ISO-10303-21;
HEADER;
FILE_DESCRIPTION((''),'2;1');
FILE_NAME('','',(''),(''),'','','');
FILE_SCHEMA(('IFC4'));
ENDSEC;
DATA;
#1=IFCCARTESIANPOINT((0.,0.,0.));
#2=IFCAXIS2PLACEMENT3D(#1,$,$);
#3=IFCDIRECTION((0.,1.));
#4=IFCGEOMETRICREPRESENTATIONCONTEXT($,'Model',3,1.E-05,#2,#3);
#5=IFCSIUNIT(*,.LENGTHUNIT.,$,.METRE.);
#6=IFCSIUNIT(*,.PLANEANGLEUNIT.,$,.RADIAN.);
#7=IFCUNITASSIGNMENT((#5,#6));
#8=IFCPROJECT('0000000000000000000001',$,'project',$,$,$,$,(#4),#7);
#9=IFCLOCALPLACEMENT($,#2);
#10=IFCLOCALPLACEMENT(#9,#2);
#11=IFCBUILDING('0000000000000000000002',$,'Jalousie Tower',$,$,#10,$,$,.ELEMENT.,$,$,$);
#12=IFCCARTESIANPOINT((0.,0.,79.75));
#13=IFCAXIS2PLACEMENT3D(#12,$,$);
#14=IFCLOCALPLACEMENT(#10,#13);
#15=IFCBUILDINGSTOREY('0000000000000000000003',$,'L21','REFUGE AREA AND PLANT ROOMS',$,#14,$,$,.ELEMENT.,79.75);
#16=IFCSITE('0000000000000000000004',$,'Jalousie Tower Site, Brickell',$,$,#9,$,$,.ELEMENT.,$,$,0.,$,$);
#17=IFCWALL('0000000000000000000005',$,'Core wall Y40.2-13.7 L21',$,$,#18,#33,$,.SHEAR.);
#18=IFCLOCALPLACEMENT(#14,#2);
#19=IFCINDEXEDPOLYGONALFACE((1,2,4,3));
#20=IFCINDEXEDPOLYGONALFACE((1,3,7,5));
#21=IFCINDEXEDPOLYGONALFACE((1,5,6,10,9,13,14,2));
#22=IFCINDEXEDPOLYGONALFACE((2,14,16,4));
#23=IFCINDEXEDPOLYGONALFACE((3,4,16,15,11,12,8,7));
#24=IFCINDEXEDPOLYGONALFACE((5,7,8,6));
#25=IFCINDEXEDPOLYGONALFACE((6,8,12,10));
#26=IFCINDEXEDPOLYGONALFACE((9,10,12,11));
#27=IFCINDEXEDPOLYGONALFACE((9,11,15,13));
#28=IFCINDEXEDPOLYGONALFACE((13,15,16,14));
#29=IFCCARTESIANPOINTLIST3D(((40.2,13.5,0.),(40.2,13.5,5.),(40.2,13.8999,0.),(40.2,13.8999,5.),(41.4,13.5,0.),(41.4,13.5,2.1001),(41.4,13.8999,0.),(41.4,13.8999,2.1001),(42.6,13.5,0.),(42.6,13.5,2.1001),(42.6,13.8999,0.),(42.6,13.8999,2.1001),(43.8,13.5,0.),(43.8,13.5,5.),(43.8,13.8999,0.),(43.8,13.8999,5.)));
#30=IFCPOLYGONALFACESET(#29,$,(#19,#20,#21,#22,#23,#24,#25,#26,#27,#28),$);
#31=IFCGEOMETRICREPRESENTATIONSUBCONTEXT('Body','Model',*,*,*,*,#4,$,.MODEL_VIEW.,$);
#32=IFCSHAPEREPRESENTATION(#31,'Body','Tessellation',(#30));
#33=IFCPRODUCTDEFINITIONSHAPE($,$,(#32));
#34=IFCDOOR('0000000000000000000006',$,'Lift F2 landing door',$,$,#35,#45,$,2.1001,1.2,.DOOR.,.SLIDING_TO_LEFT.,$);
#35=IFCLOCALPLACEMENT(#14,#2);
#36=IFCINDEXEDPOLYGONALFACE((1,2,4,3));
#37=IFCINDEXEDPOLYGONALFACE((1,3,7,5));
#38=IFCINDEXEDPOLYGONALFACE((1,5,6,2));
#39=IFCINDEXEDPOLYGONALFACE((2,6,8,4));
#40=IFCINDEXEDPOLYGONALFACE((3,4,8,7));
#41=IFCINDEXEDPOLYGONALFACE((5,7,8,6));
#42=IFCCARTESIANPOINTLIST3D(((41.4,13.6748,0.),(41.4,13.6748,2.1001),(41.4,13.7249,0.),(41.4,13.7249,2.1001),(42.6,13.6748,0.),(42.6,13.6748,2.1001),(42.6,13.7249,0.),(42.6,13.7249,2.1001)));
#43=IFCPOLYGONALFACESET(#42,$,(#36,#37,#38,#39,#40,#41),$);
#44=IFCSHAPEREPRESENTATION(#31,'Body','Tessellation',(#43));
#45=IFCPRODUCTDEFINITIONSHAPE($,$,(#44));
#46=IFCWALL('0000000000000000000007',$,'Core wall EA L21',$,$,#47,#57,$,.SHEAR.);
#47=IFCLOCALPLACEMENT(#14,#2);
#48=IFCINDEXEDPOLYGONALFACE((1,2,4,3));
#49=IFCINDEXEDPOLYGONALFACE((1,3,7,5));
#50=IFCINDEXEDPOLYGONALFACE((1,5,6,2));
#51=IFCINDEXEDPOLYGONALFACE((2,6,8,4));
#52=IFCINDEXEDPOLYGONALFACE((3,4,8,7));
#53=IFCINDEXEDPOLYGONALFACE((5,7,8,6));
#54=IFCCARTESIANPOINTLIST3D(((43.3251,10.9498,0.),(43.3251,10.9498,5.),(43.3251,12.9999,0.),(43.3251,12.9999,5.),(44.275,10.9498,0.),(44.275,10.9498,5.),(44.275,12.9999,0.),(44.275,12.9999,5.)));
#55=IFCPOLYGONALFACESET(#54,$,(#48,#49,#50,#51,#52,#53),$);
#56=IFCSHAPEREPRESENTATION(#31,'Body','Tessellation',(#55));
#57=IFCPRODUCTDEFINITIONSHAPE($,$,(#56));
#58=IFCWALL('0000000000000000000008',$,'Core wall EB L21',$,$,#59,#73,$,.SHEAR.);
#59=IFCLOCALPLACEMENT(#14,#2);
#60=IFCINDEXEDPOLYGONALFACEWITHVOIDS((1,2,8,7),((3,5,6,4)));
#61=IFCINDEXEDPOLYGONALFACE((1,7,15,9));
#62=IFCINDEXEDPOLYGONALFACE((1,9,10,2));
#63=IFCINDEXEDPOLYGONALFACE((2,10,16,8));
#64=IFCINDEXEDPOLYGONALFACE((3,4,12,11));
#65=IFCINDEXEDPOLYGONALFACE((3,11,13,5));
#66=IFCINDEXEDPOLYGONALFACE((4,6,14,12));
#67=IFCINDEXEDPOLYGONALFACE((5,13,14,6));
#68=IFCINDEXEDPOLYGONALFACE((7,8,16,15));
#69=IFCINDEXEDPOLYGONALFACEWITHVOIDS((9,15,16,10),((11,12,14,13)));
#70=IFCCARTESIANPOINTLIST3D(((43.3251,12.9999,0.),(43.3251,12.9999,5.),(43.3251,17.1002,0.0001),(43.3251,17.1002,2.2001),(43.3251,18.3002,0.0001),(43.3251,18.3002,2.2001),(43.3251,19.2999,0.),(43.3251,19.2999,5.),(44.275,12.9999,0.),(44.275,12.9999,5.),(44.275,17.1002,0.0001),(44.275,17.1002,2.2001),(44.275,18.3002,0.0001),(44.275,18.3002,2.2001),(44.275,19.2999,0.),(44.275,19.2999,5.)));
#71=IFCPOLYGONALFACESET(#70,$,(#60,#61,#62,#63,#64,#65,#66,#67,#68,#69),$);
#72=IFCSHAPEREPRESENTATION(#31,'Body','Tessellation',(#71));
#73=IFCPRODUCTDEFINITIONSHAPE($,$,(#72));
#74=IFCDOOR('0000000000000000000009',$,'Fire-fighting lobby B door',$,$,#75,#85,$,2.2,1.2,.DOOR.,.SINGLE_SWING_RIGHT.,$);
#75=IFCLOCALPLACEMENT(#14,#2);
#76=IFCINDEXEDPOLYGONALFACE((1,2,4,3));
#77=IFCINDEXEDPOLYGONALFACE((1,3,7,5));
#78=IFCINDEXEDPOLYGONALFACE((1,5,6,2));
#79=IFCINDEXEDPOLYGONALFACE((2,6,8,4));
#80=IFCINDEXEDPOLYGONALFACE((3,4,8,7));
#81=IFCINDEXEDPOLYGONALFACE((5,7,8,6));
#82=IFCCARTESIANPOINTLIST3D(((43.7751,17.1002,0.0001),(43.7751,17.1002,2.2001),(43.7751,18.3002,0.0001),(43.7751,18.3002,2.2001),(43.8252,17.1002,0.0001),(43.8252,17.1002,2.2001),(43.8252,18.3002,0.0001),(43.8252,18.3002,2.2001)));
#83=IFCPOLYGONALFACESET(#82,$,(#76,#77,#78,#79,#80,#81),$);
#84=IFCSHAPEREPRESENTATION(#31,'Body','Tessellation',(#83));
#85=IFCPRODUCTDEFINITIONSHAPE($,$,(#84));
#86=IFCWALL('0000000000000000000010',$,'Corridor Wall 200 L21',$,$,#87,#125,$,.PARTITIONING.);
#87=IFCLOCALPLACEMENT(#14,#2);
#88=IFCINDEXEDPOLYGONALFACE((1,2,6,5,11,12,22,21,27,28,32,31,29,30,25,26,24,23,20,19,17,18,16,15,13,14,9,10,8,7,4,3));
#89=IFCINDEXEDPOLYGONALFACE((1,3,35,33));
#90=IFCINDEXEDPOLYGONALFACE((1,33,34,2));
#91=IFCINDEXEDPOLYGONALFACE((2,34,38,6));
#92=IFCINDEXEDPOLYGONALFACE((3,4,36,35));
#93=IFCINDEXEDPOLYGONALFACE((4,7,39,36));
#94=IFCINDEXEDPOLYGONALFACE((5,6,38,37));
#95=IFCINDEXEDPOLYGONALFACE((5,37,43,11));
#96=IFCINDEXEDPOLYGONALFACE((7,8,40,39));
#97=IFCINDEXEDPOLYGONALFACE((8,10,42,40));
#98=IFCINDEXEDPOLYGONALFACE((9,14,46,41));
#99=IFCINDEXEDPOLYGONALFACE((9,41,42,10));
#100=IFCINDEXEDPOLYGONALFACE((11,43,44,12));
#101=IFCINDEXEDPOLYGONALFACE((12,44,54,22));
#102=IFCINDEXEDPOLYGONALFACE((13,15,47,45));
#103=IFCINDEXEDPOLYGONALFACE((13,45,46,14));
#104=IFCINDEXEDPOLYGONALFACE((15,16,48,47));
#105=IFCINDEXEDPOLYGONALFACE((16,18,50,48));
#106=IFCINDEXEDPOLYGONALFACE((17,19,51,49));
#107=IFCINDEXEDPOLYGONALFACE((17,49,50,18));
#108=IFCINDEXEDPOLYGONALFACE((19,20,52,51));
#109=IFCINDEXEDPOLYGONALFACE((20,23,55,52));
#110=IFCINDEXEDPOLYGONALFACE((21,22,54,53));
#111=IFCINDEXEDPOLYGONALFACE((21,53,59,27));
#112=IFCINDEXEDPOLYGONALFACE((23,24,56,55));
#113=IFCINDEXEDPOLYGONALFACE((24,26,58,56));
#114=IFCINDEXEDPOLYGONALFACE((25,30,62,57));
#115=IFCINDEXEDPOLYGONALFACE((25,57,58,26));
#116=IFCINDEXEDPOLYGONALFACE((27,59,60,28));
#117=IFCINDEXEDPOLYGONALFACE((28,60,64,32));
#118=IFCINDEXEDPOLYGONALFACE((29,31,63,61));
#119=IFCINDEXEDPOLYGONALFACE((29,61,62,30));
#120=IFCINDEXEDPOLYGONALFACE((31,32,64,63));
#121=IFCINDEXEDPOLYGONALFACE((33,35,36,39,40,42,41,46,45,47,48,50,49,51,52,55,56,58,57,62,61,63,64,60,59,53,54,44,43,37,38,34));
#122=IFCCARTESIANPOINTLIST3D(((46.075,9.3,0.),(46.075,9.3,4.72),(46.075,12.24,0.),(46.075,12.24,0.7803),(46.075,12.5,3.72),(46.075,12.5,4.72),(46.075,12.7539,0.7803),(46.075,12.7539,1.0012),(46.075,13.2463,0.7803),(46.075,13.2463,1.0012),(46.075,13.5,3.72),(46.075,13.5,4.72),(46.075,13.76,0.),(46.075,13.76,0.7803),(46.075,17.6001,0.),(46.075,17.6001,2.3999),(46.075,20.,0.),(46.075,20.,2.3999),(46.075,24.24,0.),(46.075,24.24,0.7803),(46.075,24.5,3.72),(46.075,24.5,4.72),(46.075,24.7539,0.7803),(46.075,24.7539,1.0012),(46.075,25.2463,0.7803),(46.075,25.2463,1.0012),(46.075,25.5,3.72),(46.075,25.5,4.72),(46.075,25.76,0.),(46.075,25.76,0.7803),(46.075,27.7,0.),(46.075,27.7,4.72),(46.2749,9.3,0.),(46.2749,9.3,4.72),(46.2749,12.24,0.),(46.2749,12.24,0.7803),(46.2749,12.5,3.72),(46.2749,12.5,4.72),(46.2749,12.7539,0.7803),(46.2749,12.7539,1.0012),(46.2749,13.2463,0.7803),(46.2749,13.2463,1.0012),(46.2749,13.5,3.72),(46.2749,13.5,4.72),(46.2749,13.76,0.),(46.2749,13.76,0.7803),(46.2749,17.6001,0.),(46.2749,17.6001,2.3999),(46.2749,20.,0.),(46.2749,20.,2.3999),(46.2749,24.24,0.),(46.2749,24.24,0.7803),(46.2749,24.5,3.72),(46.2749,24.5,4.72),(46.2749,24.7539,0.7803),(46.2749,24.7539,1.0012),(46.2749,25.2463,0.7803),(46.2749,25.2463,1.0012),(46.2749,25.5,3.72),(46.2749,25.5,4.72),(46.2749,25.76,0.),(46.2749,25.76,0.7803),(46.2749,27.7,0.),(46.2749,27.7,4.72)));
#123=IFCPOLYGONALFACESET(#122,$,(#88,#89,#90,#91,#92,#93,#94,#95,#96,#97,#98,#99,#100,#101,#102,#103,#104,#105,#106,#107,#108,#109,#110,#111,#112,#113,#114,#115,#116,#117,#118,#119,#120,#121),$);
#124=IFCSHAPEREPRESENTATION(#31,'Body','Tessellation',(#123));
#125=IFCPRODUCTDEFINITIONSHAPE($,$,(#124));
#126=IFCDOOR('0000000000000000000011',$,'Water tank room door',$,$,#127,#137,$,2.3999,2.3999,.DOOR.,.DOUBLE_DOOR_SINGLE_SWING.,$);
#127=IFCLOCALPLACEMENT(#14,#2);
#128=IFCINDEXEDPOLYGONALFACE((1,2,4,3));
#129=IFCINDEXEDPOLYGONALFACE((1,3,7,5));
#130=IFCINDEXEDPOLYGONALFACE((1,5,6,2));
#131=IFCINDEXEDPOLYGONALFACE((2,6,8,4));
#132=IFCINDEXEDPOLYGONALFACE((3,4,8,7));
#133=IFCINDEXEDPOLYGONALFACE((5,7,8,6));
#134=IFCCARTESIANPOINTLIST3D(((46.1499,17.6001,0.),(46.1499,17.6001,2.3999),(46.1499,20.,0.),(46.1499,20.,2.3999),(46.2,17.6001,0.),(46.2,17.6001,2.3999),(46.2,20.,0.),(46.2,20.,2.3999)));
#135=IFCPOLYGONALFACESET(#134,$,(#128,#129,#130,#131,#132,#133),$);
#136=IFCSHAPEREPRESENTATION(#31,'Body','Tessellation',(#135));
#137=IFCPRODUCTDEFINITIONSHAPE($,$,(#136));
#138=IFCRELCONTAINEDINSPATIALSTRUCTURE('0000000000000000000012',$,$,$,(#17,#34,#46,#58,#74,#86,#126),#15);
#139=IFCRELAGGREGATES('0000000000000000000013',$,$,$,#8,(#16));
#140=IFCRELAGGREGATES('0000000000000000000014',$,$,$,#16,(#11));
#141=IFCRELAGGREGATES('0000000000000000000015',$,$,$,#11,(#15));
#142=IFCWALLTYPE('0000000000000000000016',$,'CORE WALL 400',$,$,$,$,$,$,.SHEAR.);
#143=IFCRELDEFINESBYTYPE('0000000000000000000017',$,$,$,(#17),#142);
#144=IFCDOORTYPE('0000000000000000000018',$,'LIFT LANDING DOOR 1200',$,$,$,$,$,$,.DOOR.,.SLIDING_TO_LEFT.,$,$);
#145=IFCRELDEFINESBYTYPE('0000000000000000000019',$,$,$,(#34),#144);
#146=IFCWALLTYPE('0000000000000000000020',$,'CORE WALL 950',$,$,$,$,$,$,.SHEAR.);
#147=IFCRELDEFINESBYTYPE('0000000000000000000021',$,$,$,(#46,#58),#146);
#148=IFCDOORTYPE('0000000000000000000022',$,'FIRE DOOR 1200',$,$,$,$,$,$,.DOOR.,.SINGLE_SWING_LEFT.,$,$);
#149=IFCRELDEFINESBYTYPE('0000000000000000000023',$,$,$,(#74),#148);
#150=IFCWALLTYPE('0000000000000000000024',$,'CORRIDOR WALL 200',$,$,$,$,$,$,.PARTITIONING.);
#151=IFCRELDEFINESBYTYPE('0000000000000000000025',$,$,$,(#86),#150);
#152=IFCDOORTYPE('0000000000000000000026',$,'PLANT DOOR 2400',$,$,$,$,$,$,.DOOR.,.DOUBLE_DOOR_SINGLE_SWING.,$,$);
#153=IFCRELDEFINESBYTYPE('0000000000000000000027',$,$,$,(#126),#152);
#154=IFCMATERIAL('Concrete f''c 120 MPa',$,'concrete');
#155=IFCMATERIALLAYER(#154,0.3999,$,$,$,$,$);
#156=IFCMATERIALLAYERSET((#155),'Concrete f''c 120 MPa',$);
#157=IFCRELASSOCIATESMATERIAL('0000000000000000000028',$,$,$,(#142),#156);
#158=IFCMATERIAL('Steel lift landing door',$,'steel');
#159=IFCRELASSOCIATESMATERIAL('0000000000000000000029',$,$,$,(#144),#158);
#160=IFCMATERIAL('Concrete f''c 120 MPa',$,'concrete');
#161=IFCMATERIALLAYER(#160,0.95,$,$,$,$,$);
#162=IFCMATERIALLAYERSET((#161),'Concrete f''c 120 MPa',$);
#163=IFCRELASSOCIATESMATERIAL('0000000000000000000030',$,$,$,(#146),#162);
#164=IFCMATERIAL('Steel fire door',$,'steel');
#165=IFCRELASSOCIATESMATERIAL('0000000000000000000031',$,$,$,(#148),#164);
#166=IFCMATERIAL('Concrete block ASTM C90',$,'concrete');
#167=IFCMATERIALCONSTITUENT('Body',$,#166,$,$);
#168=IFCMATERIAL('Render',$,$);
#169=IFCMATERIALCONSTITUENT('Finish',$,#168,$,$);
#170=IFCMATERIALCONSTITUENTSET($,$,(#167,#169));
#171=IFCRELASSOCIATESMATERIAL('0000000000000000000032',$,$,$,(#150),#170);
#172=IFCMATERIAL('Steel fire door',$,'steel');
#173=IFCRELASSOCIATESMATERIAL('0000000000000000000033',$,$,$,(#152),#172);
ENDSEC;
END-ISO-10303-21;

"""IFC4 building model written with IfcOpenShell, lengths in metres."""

from ifc_helpers import new_model, si_unit, direction, frame, frame_2d, origin, place, context, subcontext, project, spatial, polyline, rectangle, outline, extrude, material, layer, layer_set, constituent, constituent_set, type_object, element, fill, save


model = new_model("IFC4")

# Units and contexts
model_context = context("Model", 3, precision=1e-05, world=origin(), true_north=direction((0.0, 1.0)))
body_context = subcontext(model_context, "Body", "Model", "MODEL_VIEW")
ifc_project = project(units=[si_unit("LENGTHUNIT", "METRE"), si_unit("PLANEANGLEUNIT", "RADIAN")], contexts=[model_context])

# Site, building, storey
site_placement = place(None, origin())
site = spatial("IfcSite", under=ifc_project, at=site_placement, Name="Jalousie Tower Site, Brickell", CompositionType="ELEMENT", RefElevation=0.0)
building_placement = place(site_placement, origin())
building = spatial("IfcBuilding", under=site, at=building_placement, Name="Jalousie Tower", CompositionType="ELEMENT")
storey_placement = place(building_placement, frame((0.0, 0.0, 79.75)))
storey = spatial("IfcBuildingStorey", under=building, at=storey_placement, Name="L21", Description="REFUGE AREA AND PLANT ROOMS", CompositionType="ELEMENT", Elevation=79.75)

# Shared definitions
ifc_material_1 = material(Name="Concrete f'c 120 MPa", Category="concrete")
ifc_layer_1 = layer(ifc_material_1, 0.3999)
ifc_layer_set_1 = layer_set([ifc_layer_1], Name="Concrete f'c 120 MPa")
wall_type_1 = type_object("IfcWallType", Name="CORE WALL 400", PredefinedType="SHEAR", material=ifc_layer_set_1)

# Wall, opening, door
wall_1_placement = place(storey_placement, frame((40.2, 13.7, 0.0), z_axis=(0.0, 0.0, 1.0), x_axis=(1.0, 0.0, 0.0)))
wall_1 = element("IfcWall", 1, at=wall_1_placement, inside=storey, type_object=wall_type_1, Name="Core wall Y40.2-13.7 L21", PredefinedType="SHEAR", context=body_context, shape_type="SweptSolid", body=[
    extrude(rectangle(XDim=3.6001, YDim=0.3999, at=frame_2d((1.8, 0.0))), origin(), (0.0, 0.0, 1.0), 5.0),
])
opening_1_placement = place(wall_1_placement, frame((1.2, 0.0, 0.0)))
opening_1 = element("IfcOpeningElement", 2, at=opening_1_placement, cuts=wall_1, PredefinedType="OPENING", context=body_context, shape_type="SweptSolid", body=[
    extrude(rectangle(XDim=1.2, YDim=2.1001, at=frame_2d((0.6001, 1.05))), frame((0.0, 0.21, 0.0), z_axis=(0.0, -1.0, 0.0), x_axis=(1.0, 0.0, 0.0)), (0.0, 0.0, 1.0), 0.4199),
])
ifc_material_2 = material(Name="Steel lift landing door", Category="steel")
door_type_1 = type_object("IfcDoorType", Name="LIFT LANDING DOOR 1200", OperationType="SLIDING_TO_LEFT", PredefinedType="DOOR", material=ifc_material_2)
door_1_placement = place(opening_1_placement, origin())
door_1 = element("IfcDoor", 3, at=door_1_placement, inside=storey, type_object=door_type_1, Name="Lift F2 landing door", OperationType="SLIDING_TO_LEFT", OverallHeight=2.1001, OverallWidth=1.2, PredefinedType="DOOR", context=body_context, shape_type="SweptSolid", body=[
    extrude(rectangle(XDim=1.2, YDim=2.1001, at=frame_2d((0.6001, 1.05))), frame((0.0, 0.0249, 0.0), z_axis=(0.0, -1.0, 0.0), x_axis=(1.0, 0.0, 0.0)), (0.0, 0.0, 1.0), 0.05),
])
fill(opening_1, door_1)

# Wall
ifc_material_3 = material(Name="Concrete f'c 120 MPa", Category="concrete")
ifc_layer_2 = layer(ifc_material_3, 0.95)
ifc_layer_set_2 = layer_set([ifc_layer_2], Name="Concrete f'c 120 MPa")
wall_type_2 = type_object("IfcWallType", Name="CORE WALL 950", PredefinedType="SHEAR", material=ifc_layer_set_2)
wall_2_placement = place(storey_placement, frame((43.8, 10.95, 0.0), z_axis=(0.0, 0.0, 1.0), x_axis=(0.0, 1.0, 0.0)))
element("IfcWall", 4, at=wall_2_placement, inside=storey, type_object=wall_type_2, Name="Core wall EA L21", PredefinedType="SHEAR", context=body_context, shape_type="SweptSolid", body=[
    extrude(rectangle(XDim=2.05, YDim=0.95, at=frame_2d((1.0249, 0.0))), origin(), (0.0, 0.0, 1.0), 5.0),
])

# Walls, openings, doors
wall_3_placement = place(storey_placement, frame((43.8, 13.0, 0.0), z_axis=(0.0, 0.0, 1.0), x_axis=(0.0, 1.0, 0.0)))
wall_3 = element("IfcWall", 5, at=wall_3_placement, inside=storey, type_object=wall_type_2, Name="Core wall EB L21", PredefinedType="SHEAR", context=body_context, shape_type="SweptSolid", body=[
    extrude(rectangle(XDim=6.3, YDim=0.95, at=frame_2d((3.1499, 0.0))), origin(), (0.0, 0.0, 1.0), 5.0),
])
opening_2_placement = place(wall_3_placement, frame((4.1001, 0.0, 0.0)))
opening_2 = element("IfcOpeningElement", 6, at=opening_2_placement, cuts=wall_3, PredefinedType="OPENING", context=body_context, shape_type="SweptSolid", body=[
    extrude(rectangle(XDim=1.2, YDim=2.2, at=frame_2d((0.6001, 1.1001))), frame((0.0, 0.4849, 0.0), z_axis=(0.0, -1.0, 0.0), x_axis=(1.0, 0.0, 0.0)), (0.0, 0.0, 1.0), 0.97),
])
ifc_material_4 = material(Name="Steel fire door", Category="steel")
door_type_2 = type_object("IfcDoorType", Name="FIRE DOOR 1200", OperationType="SINGLE_SWING_LEFT", PredefinedType="DOOR", material=ifc_material_4)
door_2_placement = place(opening_2_placement, origin())
door_2 = element("IfcDoor", 7, at=door_2_placement, inside=storey, type_object=door_type_2, Name="Fire-fighting lobby B door", OperationType="SINGLE_SWING_RIGHT", OverallHeight=2.2, OverallWidth=1.2, PredefinedType="DOOR", context=body_context, shape_type="SweptSolid", body=[
    extrude(rectangle(XDim=1.2, YDim=2.2, at=frame_2d((0.6001, 1.1001))), frame((0.0, 0.0249, 0.0), z_axis=(0.0, -1.0, 0.0), x_axis=(1.0, 0.0, 0.0)), (0.0, 0.0, 1.0), 0.05),
])
fill(opening_2, door_2)
ifc_material_5 = material(Name="Concrete block ASTM C90", Category="concrete")
ifc_constituent_1 = constituent(ifc_material_5, Name="Body")
ifc_material_6 = material(Name="Render")
ifc_constituent_2 = constituent(ifc_material_6, Name="Finish")
ifc_constituent_set_1 = constituent_set(constituents=[ifc_constituent_1, ifc_constituent_2])
wall_type_3 = type_object("IfcWallType", Name="CORRIDOR WALL 200", PredefinedType="PARTITIONING", material=ifc_constituent_set_1)
wall_4_placement = place(storey_placement, frame((46.175, 9.3, 0.0), z_axis=(0.0, 0.0, 1.0), x_axis=(0.0, 1.0, 0.0)))
wall_4 = element("IfcWall", 8, at=wall_4_placement, inside=storey, type_object=wall_type_3, Name="Corridor Wall 200 L21", PredefinedType="PARTITIONING", context=body_context, shape_type="SweptSolid", body=[
    extrude(outline(polyline([(18.3999, 0.0), (18.3999, 4.72), (16.2, 4.72), (16.2, 3.72), (15.2, 3.72), (15.2, 4.72), (4.2, 4.72), (4.2, 3.72), (3.2, 3.72), (3.2, 4.72), (0.0, 4.72), (0.0, 0.0), (2.9399, 0.0), (2.9399, 0.7803), (3.4539, 0.7803), (3.4539, 1.0012), (3.9463, 1.0012), (3.9463, 0.7803), (4.46, 0.7803), (4.46, 0.0), (14.9399, 0.0), (14.9399, 0.7803), (15.4539, 0.7803), (15.4539, 1.0012), (15.9463, 1.0012), (15.9463, 0.7803), (16.46, 0.7803), (16.46, 0.0), (18.3999, 0.0)])), frame((0.0, 0.1001, 0.0), z_axis=(0.0, -1.0, 0.0), x_axis=(1.0, 0.0, 0.0)), (0.0, 0.0, 1.0), 0.2),
])
opening_3_placement = place(wall_4_placement, frame((8.3, 0.0, 0.0)))
opening_3 = element("IfcOpeningElement", 9, at=opening_3_placement, cuts=wall_4, PredefinedType="OPENING", context=body_context, shape_type="SweptSolid", body=[
    extrude(rectangle(XDim=2.3999, YDim=2.3999, at=frame_2d((1.2, 1.2))), frame((0.0, 0.1099, 0.0), z_axis=(0.0, -1.0, 0.0), x_axis=(1.0, 0.0, 0.0)), (0.0, 0.0, 1.0), 0.22),
])
ifc_material_7 = material(Name="Steel fire door", Category="steel")
door_type_3 = type_object("IfcDoorType", Name="PLANT DOOR 2400", OperationType="DOUBLE_DOOR_SINGLE_SWING", PredefinedType="DOOR", material=ifc_material_7)
door_3_placement = place(opening_3_placement, frame((2.3999, 0.0, 0.0), z_axis=(0.0, 0.0, 1.0), x_axis=(-1.0, 0.0, 0.0)))
door_3 = element("IfcDoor", 10, at=door_3_placement, inside=storey, type_object=door_type_3, Name="Water tank room door", OperationType="DOUBLE_DOOR_SINGLE_SWING", OverallHeight=2.3999, OverallWidth=2.3999, PredefinedType="DOOR", context=body_context, shape_type="SweptSolid", body=[
    extrude(rectangle(XDim=2.3999, YDim=2.3999, at=frame_2d((1.2, 1.2))), frame((0.0, 0.0249, 0.0), z_axis=(0.0, -1.0, 0.0), x_axis=(1.0, 0.0, 0.0)), (0.0, 0.0, 1.0), 0.05),
])
fill(opening_3, door_3)

save(model, "model.ifc")
